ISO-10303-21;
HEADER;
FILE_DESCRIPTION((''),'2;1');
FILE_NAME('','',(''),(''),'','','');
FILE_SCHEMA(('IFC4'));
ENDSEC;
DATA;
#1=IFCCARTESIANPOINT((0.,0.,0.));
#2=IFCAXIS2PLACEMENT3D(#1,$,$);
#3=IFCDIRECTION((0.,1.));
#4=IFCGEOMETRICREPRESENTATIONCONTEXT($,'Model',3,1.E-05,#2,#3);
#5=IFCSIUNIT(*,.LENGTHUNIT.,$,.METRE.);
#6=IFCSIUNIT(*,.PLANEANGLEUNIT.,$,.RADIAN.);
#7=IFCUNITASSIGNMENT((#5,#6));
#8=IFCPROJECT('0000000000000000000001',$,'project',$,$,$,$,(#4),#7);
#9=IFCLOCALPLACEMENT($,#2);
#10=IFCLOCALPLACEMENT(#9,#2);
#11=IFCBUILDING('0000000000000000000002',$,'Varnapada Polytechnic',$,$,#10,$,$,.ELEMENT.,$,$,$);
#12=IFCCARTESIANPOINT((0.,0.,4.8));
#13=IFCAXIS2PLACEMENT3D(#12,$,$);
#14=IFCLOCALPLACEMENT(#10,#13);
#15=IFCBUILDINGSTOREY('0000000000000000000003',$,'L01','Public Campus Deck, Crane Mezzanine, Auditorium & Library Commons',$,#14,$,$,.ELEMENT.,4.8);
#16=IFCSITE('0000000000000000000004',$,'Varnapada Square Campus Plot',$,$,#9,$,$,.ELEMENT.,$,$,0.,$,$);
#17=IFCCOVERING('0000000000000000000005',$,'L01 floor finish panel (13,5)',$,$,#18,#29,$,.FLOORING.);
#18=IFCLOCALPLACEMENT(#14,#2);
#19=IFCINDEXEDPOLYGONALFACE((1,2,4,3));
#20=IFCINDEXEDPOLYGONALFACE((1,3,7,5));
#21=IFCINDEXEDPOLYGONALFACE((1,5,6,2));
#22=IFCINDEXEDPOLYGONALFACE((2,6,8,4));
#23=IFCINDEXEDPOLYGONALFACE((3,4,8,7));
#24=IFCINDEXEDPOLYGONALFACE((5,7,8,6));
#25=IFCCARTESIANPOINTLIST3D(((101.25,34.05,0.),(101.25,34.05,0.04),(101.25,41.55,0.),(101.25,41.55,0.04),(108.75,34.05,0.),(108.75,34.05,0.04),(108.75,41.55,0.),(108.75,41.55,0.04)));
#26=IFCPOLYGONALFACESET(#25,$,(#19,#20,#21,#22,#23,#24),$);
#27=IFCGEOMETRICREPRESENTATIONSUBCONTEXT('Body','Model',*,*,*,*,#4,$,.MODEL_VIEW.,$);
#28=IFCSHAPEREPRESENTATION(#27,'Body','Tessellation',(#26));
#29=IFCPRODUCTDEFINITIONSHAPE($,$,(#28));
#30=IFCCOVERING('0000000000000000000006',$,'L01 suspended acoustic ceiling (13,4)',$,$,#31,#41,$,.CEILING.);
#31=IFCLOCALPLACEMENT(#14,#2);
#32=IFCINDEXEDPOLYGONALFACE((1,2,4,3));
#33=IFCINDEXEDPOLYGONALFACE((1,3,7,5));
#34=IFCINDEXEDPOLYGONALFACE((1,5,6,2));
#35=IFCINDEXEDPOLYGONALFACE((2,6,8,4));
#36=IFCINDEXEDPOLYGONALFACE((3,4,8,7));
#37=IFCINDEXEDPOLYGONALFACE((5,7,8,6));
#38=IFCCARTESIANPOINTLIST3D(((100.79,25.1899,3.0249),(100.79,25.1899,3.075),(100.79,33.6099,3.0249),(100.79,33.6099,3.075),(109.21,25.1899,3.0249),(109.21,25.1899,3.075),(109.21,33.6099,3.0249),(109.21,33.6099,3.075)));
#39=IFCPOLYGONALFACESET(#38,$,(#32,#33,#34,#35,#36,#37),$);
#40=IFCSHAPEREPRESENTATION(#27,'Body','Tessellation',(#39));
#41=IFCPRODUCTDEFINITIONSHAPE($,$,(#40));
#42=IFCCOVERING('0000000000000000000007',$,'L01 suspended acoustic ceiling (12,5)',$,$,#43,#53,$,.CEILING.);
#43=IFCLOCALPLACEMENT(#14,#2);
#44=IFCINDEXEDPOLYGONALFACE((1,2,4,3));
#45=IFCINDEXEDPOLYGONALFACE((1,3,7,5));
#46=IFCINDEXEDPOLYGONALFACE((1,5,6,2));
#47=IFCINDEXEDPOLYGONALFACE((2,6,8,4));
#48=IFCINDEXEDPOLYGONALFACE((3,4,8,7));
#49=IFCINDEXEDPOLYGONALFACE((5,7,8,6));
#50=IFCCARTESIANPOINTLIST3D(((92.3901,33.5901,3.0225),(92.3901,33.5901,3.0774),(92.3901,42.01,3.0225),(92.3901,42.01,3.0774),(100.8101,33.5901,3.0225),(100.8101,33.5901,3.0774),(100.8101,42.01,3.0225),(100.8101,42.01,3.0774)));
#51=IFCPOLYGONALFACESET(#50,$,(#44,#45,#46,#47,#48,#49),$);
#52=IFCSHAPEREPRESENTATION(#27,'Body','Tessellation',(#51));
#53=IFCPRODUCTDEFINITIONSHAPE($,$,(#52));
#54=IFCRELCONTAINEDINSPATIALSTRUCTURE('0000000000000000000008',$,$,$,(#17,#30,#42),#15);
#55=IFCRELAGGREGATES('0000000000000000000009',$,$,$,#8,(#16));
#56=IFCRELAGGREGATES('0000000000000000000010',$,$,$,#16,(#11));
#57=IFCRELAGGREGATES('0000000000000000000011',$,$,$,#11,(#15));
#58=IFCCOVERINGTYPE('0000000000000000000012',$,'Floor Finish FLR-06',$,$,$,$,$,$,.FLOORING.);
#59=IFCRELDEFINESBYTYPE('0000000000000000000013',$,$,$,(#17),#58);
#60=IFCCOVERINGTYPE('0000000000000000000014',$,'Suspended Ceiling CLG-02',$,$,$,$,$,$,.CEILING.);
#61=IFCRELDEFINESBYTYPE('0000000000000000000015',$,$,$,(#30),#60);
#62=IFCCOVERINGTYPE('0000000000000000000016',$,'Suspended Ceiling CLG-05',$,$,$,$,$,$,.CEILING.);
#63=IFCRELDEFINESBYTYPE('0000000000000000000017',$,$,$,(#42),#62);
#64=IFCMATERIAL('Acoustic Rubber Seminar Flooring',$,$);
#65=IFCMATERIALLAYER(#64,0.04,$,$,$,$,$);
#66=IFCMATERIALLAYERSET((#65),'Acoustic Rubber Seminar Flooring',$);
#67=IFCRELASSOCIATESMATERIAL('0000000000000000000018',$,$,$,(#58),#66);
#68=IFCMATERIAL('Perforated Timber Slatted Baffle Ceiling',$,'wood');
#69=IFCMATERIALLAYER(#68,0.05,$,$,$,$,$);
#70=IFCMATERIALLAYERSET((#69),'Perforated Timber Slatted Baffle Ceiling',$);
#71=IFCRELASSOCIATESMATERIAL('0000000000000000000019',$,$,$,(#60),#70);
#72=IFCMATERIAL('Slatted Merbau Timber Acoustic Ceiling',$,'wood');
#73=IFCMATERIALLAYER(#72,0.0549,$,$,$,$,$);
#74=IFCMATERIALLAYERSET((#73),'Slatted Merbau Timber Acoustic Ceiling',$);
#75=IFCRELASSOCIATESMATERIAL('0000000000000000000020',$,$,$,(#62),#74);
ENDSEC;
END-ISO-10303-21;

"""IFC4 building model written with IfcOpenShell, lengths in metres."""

from ifc_helpers import new_model, si_unit, direction, frame, origin, origin_2d, place, context, subcontext, project, spatial, rectangle, extrude, material, layer, layer_set, type_object, element, save


model = new_model("IFC4")

# Units and contexts
model_context = context("Model", 3, precision=1e-05, world=origin(), true_north=direction((0.0, 1.0)))
body_context = subcontext(model_context, "Body", "Model", "MODEL_VIEW")
ifc_project = project(units=[si_unit("LENGTHUNIT", "METRE"), si_unit("PLANEANGLEUNIT", "RADIAN")], contexts=[model_context])

# Site, building, storey
site_placement = place(None, origin())
site = spatial("IfcSite", under=ifc_project, at=site_placement, Name="Varnapada Square Campus Plot", CompositionType="ELEMENT", RefElevation=0.0)
building_placement = place(site_placement, origin())
building = spatial("IfcBuilding", under=site, at=building_placement, Name="Varnapada Polytechnic", CompositionType="ELEMENT")
storey_placement = place(building_placement, frame((0.0, 0.0, 4.8)))
storey = spatial("IfcBuildingStorey", under=building, at=storey_placement, Name="L01", Description="Public Campus Deck, Crane Mezzanine, Auditorium & Library Commons", CompositionType="ELEMENT", Elevation=4.8)

# Coverings
ifc_material_1 = material(Name="Acoustic Rubber Seminar Flooring")
ifc_layer_1 = layer(ifc_material_1, 0.04)
ifc_layer_set_1 = layer_set([ifc_layer_1], Name="Acoustic Rubber Seminar Flooring")
covering_type_1 = type_object("IfcCoveringType", Name="Floor Finish FLR-06", PredefinedType="FLOORING", material=ifc_layer_set_1)
for number, where, z_axis, x_axis, name in (
    (1, (105.0, 37.8, 0.0), (0.0, 0.0, 1.0), (1.0, 0.0, 0.0), "L01 floor finish panel (13,5)"),
):
    element("IfcCovering", number, at=place(storey_placement, frame(where, z_axis=z_axis, x_axis=x_axis)), inside=storey, type_object=covering_type_1, Name=name, PredefinedType="FLOORING", context=body_context, shape_type="SweptSolid", body=[
        extrude(rectangle(XDim=7.5, YDim=7.5, at=origin_2d()), origin(), (0.0, 0.0, 1.0), 0.04),
    ])
ifc_material_2 = material(Name="Perforated Timber Slatted Baffle Ceiling", Category="wood")
ifc_layer_2 = layer(ifc_material_2, 0.05)
ifc_layer_set_2 = layer_set([ifc_layer_2], Name="Perforated Timber Slatted Baffle Ceiling")
covering_type_2 = type_object("IfcCoveringType", Name="Suspended Ceiling CLG-02", PredefinedType="CEILING", material=ifc_layer_set_2)
covering_1_placement = place(storey_placement, frame((105.0, 29.3999, 3.0249), z_axis=(0.0, 0.0, 1.0), x_axis=(1.0, 0.0, 0.0)))
element("IfcCovering", 2, at=covering_1_placement, inside=storey, type_object=covering_type_2, Name="L01 suspended acoustic ceiling (13,4)", PredefinedType="CEILING", context=body_context, shape_type="SweptSolid", body=[
    extrude(rectangle(XDim=8.4199, YDim=8.4199, at=origin_2d()), origin(), (0.0, 0.0, 1.0), 0.05),
])
ifc_material_3 = material(Name="Slatted Merbau Timber Acoustic Ceiling", Category="wood")
ifc_layer_3 = layer(ifc_material_3, 0.0549)
ifc_layer_set_3 = layer_set([ifc_layer_3], Name="Slatted Merbau Timber Acoustic Ceiling")
covering_type_3 = type_object("IfcCoveringType", Name="Suspended Ceiling CLG-05", PredefinedType="CEILING", material=ifc_layer_set_3)
covering_2_placement = place(storey_placement, frame((96.6001, 37.8, 3.0225), z_axis=(0.0, 0.0, 1.0), x_axis=(1.0, 0.0, 0.0)))
element("IfcCovering", 3, at=covering_2_placement, inside=storey, type_object=covering_type_3, Name="L01 suspended acoustic ceiling (12,5)", PredefinedType="CEILING", context=body_context, shape_type="SweptSolid", body=[
    extrude(rectangle(XDim=8.4199, YDim=8.4199, at=origin_2d()), origin(), (0.0, 0.0, 1.0), 0.0549),
])

save(model, "model.ifc")
